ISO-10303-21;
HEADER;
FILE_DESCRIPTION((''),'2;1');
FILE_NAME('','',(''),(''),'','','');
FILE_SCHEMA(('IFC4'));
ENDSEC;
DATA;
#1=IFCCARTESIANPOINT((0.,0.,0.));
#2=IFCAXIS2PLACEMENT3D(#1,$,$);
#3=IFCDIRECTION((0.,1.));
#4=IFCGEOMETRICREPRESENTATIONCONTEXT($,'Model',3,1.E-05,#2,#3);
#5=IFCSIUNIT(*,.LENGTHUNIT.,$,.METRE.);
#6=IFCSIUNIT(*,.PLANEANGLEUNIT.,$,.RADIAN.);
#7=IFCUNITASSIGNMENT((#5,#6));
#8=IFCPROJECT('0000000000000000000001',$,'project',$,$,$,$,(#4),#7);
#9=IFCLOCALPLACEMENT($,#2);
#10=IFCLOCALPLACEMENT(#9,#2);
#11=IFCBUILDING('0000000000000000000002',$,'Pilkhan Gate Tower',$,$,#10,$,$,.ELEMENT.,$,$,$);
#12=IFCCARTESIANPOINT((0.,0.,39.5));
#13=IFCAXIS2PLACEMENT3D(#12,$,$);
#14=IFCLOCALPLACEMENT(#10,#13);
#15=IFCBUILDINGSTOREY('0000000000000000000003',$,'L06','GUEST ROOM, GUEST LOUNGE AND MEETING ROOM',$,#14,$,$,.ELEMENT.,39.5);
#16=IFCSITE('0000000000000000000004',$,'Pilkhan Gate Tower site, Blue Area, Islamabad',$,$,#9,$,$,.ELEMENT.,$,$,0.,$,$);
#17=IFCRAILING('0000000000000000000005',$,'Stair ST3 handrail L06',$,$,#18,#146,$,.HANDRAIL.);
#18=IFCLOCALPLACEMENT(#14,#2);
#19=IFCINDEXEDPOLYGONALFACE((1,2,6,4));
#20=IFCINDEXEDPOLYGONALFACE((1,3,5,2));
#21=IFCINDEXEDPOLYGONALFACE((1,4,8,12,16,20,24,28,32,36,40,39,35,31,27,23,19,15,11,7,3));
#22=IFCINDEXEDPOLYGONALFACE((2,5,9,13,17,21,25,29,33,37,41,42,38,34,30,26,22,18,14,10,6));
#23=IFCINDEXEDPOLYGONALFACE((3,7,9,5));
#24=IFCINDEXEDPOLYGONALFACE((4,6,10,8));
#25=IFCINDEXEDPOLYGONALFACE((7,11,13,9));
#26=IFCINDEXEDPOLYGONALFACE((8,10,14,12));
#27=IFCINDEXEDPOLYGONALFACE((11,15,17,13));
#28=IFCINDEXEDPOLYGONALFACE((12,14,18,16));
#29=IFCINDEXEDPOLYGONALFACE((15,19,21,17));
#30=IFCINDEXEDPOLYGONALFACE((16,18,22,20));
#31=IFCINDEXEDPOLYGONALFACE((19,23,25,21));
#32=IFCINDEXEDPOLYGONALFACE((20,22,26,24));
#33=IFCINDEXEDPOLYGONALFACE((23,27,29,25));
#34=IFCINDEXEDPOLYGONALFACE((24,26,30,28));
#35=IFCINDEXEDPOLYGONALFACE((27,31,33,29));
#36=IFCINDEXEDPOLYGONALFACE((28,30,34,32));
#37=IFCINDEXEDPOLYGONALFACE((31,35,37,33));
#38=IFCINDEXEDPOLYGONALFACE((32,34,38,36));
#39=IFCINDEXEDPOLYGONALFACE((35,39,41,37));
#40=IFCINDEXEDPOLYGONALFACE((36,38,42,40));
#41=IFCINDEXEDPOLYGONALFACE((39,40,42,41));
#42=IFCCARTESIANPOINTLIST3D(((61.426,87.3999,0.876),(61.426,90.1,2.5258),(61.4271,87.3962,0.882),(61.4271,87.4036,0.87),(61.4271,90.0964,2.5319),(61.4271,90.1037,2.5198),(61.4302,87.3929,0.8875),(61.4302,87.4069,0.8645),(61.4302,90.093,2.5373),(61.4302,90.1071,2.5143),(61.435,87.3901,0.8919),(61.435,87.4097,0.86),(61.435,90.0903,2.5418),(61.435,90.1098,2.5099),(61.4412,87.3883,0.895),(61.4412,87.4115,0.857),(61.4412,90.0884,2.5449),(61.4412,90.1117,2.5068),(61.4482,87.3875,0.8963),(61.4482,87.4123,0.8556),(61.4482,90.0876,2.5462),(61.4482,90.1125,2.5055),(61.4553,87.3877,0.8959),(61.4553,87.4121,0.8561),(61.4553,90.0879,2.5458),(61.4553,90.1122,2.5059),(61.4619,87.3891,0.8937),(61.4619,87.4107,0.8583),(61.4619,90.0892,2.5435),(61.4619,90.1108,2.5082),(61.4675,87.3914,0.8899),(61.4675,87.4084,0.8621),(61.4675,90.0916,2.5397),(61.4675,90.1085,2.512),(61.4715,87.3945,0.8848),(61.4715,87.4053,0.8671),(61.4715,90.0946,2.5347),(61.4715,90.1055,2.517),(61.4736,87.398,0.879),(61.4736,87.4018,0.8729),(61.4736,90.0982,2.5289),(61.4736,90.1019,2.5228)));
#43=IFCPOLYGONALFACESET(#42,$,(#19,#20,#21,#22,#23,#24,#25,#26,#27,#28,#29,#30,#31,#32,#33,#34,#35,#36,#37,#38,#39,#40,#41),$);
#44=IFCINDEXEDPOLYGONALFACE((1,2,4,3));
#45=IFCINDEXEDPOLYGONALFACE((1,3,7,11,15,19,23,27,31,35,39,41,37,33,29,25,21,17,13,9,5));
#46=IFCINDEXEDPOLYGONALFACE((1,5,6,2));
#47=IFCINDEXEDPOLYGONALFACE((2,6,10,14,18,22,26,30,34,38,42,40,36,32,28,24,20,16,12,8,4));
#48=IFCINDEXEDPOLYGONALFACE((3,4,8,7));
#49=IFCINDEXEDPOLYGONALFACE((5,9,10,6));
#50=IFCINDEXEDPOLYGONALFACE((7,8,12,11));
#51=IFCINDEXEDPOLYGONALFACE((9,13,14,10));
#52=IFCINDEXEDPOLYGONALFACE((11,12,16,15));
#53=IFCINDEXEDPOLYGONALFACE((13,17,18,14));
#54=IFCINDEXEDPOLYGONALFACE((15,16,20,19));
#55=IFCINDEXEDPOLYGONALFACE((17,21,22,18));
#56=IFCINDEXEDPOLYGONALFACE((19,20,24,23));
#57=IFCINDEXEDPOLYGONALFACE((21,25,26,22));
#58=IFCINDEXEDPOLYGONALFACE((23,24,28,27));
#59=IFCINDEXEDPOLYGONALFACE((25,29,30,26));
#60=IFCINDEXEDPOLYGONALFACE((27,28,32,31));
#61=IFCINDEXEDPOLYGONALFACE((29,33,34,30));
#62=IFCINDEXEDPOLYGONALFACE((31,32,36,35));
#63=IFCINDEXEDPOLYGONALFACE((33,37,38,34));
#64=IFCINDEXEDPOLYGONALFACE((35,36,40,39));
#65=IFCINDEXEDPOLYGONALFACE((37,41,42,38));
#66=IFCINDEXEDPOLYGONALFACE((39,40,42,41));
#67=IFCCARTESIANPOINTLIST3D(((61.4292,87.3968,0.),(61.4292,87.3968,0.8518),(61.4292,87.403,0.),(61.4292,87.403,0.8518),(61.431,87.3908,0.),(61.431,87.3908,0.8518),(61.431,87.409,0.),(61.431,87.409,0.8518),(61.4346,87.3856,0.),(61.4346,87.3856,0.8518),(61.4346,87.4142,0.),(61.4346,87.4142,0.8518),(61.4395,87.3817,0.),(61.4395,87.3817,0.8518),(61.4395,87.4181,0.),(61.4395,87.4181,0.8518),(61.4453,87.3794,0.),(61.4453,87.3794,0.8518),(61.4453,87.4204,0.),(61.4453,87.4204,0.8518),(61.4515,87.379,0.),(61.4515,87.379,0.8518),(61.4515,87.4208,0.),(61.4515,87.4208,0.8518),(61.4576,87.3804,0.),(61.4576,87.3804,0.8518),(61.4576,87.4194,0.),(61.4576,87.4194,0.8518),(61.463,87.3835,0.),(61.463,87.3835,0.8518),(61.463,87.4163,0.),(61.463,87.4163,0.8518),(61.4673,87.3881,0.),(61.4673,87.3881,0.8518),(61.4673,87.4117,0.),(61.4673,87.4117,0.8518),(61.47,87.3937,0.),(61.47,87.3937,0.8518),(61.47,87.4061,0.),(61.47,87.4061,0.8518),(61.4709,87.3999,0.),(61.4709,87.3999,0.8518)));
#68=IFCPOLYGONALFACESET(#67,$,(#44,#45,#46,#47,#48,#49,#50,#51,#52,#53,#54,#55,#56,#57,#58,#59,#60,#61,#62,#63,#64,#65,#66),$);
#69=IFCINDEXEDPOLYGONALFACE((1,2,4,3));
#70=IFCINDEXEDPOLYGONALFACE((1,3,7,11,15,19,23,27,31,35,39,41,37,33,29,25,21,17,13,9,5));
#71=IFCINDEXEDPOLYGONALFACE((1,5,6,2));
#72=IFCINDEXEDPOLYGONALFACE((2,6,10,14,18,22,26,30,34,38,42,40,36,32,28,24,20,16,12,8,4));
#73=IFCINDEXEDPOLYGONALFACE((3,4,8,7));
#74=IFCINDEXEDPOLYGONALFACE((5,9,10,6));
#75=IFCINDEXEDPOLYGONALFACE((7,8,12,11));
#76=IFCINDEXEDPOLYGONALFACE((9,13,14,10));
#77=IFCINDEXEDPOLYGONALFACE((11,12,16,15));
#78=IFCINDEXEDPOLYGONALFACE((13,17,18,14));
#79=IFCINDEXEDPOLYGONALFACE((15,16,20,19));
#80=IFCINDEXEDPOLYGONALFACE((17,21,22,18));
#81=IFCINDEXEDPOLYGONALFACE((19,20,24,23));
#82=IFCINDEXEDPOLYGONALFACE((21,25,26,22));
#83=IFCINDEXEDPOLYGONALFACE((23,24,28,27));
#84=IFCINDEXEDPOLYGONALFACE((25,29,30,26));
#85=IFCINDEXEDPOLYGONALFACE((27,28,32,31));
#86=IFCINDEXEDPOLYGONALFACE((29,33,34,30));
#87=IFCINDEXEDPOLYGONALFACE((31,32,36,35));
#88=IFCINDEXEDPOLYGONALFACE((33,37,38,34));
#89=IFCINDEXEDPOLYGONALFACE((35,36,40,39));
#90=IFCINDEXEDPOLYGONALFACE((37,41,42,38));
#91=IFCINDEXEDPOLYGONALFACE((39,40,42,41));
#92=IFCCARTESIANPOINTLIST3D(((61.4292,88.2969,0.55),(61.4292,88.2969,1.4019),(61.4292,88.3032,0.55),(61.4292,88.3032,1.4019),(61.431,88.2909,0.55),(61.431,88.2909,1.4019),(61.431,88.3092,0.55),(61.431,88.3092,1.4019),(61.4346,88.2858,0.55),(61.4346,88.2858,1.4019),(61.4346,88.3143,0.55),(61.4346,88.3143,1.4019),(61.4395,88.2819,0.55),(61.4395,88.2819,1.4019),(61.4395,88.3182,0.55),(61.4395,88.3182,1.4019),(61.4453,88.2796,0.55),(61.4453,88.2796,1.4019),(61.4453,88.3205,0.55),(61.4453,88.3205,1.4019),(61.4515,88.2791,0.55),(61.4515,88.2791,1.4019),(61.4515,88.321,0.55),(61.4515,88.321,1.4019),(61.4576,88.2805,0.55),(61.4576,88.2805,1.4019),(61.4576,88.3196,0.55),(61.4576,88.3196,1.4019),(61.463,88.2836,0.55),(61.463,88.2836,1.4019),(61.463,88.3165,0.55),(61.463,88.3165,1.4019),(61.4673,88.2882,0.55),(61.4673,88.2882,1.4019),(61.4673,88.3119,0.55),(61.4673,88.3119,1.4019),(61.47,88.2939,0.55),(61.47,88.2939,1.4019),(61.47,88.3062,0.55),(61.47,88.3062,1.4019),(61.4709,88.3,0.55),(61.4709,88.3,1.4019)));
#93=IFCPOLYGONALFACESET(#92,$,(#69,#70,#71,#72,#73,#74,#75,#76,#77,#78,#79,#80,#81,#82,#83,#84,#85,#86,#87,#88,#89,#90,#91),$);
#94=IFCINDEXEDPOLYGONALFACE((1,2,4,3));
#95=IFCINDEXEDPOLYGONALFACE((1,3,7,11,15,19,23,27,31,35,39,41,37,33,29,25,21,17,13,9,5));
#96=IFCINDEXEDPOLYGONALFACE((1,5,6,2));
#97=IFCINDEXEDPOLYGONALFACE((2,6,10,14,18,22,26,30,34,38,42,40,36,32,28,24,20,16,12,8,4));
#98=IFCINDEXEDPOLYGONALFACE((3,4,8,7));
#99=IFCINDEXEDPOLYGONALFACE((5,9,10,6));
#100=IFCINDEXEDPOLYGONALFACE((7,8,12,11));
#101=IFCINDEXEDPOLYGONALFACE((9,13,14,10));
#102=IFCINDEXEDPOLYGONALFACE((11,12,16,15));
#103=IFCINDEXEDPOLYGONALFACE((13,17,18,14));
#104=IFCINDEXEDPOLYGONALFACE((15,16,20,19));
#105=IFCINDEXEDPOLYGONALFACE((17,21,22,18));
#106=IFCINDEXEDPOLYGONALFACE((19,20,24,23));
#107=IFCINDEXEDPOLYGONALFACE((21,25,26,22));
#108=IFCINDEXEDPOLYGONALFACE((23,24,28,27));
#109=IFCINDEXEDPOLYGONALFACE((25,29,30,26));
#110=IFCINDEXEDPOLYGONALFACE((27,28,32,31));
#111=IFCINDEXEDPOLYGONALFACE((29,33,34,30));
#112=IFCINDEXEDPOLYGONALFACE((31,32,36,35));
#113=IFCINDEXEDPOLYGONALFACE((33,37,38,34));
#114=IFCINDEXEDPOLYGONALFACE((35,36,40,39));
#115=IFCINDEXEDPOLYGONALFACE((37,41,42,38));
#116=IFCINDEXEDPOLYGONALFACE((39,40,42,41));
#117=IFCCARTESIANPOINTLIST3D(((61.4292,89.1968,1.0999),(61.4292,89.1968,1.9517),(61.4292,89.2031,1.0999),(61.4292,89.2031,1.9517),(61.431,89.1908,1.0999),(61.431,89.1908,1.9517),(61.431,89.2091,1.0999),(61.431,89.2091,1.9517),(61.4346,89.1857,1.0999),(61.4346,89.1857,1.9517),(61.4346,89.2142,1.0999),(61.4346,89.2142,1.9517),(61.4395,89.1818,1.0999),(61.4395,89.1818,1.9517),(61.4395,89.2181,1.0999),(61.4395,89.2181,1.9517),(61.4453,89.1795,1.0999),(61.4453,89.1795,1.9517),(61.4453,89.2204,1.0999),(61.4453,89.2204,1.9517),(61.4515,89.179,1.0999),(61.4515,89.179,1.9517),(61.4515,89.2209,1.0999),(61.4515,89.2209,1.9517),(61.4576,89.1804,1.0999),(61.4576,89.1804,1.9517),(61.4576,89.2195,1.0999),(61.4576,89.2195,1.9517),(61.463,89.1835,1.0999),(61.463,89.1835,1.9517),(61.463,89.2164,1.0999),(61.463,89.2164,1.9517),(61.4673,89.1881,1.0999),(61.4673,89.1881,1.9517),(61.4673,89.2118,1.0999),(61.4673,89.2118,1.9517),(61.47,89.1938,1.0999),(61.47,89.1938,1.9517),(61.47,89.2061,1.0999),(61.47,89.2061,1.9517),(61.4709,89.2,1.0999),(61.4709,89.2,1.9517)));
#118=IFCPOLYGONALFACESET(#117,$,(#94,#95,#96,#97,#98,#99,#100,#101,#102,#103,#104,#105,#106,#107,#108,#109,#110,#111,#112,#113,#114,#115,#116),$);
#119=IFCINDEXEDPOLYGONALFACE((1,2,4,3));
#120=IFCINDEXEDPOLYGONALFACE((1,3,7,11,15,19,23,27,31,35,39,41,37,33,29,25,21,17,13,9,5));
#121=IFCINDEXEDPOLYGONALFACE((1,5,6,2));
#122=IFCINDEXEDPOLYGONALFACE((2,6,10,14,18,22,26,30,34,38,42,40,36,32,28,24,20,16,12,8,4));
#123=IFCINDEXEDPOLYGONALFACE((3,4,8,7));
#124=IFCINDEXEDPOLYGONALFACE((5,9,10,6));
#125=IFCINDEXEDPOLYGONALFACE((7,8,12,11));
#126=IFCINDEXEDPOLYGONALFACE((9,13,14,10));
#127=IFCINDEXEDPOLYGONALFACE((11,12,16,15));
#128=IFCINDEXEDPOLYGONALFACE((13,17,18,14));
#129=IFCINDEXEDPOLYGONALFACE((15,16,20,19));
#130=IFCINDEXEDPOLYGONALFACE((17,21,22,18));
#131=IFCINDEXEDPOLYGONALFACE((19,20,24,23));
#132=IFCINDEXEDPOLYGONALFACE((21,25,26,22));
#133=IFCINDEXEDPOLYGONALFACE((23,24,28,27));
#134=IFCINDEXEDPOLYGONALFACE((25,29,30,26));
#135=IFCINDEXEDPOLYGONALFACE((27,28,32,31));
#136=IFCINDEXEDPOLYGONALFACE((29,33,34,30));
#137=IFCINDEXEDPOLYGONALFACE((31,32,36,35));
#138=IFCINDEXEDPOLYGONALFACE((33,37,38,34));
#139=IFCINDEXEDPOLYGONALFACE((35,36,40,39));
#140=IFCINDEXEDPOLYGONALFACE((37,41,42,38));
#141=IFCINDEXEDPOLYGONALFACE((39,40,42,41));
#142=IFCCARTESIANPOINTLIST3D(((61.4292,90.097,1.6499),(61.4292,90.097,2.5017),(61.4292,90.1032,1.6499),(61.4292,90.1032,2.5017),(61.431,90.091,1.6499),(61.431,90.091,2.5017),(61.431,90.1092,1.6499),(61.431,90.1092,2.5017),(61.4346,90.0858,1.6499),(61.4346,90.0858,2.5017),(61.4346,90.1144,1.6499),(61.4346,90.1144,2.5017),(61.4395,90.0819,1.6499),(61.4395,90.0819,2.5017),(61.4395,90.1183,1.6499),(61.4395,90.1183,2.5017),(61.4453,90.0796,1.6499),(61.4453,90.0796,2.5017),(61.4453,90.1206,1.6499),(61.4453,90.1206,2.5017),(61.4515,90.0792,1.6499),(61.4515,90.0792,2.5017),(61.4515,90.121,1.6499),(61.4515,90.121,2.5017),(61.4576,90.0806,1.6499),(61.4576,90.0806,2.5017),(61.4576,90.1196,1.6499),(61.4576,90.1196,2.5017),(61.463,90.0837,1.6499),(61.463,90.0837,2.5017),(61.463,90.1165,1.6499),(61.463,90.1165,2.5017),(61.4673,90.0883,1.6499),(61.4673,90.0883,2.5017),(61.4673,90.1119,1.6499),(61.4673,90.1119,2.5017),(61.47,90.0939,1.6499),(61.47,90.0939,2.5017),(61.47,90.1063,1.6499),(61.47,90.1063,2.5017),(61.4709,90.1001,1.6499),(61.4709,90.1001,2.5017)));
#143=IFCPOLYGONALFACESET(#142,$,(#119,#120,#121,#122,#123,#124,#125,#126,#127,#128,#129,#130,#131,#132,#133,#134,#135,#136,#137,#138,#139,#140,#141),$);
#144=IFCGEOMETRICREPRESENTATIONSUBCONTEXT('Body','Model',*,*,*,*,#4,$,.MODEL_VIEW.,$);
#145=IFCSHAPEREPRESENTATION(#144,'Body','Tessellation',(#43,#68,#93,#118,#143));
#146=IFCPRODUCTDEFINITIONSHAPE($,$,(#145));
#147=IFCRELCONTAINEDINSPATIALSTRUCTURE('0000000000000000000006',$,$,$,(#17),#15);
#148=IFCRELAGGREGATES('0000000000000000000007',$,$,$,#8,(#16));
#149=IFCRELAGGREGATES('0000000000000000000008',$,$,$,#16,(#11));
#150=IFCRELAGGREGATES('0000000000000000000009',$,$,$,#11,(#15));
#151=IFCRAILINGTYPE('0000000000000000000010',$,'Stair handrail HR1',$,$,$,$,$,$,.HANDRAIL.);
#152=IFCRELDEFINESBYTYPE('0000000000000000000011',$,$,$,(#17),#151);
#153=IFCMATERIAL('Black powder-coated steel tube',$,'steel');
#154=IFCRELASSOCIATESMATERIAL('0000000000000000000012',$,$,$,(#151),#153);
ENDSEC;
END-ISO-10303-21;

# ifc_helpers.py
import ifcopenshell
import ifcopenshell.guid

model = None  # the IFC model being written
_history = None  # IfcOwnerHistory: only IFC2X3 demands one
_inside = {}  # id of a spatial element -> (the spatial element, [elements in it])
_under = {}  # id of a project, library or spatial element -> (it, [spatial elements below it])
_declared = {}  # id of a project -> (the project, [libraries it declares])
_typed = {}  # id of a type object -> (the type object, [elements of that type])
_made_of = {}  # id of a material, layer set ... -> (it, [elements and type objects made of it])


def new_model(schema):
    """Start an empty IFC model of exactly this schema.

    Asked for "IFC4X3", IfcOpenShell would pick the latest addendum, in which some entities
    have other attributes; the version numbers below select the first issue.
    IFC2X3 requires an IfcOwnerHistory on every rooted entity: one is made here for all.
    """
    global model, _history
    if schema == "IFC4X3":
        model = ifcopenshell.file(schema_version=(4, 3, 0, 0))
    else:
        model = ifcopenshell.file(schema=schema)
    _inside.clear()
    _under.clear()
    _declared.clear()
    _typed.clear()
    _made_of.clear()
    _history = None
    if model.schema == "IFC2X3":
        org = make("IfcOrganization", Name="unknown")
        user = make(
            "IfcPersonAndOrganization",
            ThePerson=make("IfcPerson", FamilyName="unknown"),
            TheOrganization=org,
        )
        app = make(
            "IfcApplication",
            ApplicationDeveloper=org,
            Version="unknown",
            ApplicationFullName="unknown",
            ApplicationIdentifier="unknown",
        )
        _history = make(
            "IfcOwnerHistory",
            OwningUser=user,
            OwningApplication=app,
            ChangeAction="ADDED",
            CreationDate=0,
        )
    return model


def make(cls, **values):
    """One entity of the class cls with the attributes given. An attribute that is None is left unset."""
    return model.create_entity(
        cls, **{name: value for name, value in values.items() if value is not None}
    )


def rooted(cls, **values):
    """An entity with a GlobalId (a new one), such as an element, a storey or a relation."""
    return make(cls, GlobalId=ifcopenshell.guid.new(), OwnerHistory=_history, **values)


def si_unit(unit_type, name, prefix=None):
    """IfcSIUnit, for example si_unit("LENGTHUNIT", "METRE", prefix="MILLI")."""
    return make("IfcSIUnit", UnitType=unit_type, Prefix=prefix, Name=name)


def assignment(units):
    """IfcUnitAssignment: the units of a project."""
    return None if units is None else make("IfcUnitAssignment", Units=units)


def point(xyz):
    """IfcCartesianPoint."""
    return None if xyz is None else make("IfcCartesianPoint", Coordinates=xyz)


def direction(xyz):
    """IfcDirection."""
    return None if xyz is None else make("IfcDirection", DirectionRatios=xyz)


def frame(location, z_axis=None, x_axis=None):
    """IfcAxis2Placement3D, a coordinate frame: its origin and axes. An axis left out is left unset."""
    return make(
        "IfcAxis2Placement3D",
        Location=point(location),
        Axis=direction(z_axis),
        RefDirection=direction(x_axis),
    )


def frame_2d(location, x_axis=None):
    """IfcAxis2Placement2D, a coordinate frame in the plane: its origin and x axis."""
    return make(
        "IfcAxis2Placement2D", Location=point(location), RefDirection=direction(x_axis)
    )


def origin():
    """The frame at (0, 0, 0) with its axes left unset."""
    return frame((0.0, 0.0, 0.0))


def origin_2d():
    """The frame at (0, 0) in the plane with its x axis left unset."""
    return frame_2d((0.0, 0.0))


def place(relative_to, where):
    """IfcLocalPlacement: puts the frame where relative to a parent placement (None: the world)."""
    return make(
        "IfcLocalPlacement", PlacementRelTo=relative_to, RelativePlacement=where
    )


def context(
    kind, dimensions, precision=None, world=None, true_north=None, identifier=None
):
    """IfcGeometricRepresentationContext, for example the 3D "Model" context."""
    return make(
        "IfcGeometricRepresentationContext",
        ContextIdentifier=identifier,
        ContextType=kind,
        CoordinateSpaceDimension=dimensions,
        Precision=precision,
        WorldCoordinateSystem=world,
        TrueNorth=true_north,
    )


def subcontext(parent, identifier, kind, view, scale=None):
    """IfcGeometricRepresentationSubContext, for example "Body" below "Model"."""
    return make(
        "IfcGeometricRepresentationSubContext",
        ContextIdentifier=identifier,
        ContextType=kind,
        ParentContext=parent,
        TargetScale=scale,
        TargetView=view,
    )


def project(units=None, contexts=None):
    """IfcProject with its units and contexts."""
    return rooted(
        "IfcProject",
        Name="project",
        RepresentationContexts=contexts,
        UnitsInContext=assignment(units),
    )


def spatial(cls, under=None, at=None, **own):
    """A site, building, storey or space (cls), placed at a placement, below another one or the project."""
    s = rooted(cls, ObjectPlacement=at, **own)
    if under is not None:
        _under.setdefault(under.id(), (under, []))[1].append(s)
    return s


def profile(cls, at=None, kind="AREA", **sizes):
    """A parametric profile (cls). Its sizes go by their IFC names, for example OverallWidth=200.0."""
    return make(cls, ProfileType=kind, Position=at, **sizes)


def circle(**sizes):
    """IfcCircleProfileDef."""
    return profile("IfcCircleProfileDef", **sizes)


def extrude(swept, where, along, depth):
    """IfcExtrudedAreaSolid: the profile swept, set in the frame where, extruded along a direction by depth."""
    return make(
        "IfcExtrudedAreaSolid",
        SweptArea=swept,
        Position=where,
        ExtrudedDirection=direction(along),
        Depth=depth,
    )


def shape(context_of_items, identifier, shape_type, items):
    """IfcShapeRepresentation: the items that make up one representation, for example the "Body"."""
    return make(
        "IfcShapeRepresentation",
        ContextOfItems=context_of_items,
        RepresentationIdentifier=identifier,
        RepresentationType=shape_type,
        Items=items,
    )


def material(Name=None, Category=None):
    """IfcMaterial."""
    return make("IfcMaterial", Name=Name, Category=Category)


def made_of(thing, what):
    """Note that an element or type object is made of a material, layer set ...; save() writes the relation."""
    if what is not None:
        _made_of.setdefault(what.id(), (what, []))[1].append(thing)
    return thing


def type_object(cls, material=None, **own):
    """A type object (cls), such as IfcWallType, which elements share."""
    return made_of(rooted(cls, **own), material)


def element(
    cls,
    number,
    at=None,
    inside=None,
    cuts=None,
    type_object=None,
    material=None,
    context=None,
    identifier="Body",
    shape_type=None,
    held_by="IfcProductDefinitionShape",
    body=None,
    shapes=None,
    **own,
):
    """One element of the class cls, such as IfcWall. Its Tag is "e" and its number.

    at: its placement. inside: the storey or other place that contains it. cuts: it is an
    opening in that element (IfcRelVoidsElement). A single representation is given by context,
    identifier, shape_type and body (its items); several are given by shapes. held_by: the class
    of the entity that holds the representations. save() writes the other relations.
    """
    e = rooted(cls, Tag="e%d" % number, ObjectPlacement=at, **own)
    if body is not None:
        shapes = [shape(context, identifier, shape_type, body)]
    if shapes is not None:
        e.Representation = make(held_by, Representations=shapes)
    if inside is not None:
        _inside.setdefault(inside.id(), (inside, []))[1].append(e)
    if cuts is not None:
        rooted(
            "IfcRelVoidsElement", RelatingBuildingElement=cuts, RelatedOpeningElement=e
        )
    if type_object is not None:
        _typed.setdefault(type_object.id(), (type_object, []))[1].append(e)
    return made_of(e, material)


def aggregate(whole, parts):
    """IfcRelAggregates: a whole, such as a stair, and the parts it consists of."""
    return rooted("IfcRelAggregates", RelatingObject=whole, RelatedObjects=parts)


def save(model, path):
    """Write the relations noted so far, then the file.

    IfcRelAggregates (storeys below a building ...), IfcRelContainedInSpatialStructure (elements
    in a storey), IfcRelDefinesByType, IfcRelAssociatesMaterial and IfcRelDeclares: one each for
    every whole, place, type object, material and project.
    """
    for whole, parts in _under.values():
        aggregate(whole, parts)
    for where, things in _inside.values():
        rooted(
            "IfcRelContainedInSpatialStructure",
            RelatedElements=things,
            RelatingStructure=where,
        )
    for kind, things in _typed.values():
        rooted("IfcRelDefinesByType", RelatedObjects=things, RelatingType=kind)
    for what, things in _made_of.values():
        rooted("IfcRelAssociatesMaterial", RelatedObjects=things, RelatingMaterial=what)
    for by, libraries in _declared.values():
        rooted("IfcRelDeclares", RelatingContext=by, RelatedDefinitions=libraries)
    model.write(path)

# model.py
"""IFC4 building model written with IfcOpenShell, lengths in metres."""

from ifc_helpers import new_model, si_unit, direction, frame, origin, origin_2d, place, context, subcontext, project, spatial, circle, extrude, material, type_object, element, save


model = new_model("IFC4")

# Units and contexts
model_context = context("Model", 3, precision=1e-05, world=origin(), true_north=direction((0.0, 1.0)))
body_context = subcontext(model_context, "Body", "Model", "MODEL_VIEW")
ifc_project = project(units=[si_unit("LENGTHUNIT", "METRE"), si_unit("PLANEANGLEUNIT", "RADIAN")], contexts=[model_context])

# Site, building, storey
site_placement = place(None, origin())
site = spatial("IfcSite", under=ifc_project, at=site_placement, Name="Pilkhan Gate Tower site, Blue Area, Islamabad", CompositionType="ELEMENT", RefElevation=0.0)
building_placement = place(site_placement, origin())
building = spatial("IfcBuilding", under=site, at=building_placement, Name="Pilkhan Gate Tower", CompositionType="ELEMENT")
storey_placement = place(building_placement, frame((0.0, 0.0, 39.5)))
storey = spatial("IfcBuildingStorey", under=building, at=storey_placement, Name="L06", Description="GUEST ROOM, GUEST LOUNGE AND MEETING ROOM", CompositionType="ELEMENT", Elevation=39.5)

# Railing
ifc_material_1 = material(Name="Black powder-coated steel tube", Category="steel")
railing_type_1 = type_object("IfcRailingType", Name="Stair handrail HR1", PredefinedType="HANDRAIL", material=ifc_material_1)
railing_1_placement = place(storey_placement, frame((61.45, 87.3999, 0.0)))
element("IfcRailing", 1, at=railing_1_placement, inside=storey, type_object=railing_type_1, Name="Stair ST3 handrail L06", PredefinedType="HANDRAIL", context=body_context, shape_type="SweptSolid", body=[
    extrude(circle(Radius=0.0239, at=origin_2d()), frame((0.0, 0.0, 0.876), z_axis=(0.0, 0.853312, 0.5214), x_axis=(-1.0, 0.0, 0.0)), (0.0, 0.0, 1.0), 3.1643),
    extrude(circle(Radius=0.021, at=origin_2d()), origin(), (0.0, 0.0, 1.0), 0.8518),
    extrude(circle(Radius=0.021, at=origin_2d()), frame((0.0, 0.9001, 0.55)), (0.0, 0.0, 1.0), 0.8518),
    extrude(circle(Radius=0.021, at=origin_2d()), frame((0.0, 1.8, 1.0999)), (0.0, 0.0, 1.0), 0.8518),
    extrude(circle(Radius=0.021, at=origin_2d()), frame((0.0, 2.7002, 1.6499)), (0.0, 0.0, 1.0), 0.8518),
])

save(model, "model.ifc")
